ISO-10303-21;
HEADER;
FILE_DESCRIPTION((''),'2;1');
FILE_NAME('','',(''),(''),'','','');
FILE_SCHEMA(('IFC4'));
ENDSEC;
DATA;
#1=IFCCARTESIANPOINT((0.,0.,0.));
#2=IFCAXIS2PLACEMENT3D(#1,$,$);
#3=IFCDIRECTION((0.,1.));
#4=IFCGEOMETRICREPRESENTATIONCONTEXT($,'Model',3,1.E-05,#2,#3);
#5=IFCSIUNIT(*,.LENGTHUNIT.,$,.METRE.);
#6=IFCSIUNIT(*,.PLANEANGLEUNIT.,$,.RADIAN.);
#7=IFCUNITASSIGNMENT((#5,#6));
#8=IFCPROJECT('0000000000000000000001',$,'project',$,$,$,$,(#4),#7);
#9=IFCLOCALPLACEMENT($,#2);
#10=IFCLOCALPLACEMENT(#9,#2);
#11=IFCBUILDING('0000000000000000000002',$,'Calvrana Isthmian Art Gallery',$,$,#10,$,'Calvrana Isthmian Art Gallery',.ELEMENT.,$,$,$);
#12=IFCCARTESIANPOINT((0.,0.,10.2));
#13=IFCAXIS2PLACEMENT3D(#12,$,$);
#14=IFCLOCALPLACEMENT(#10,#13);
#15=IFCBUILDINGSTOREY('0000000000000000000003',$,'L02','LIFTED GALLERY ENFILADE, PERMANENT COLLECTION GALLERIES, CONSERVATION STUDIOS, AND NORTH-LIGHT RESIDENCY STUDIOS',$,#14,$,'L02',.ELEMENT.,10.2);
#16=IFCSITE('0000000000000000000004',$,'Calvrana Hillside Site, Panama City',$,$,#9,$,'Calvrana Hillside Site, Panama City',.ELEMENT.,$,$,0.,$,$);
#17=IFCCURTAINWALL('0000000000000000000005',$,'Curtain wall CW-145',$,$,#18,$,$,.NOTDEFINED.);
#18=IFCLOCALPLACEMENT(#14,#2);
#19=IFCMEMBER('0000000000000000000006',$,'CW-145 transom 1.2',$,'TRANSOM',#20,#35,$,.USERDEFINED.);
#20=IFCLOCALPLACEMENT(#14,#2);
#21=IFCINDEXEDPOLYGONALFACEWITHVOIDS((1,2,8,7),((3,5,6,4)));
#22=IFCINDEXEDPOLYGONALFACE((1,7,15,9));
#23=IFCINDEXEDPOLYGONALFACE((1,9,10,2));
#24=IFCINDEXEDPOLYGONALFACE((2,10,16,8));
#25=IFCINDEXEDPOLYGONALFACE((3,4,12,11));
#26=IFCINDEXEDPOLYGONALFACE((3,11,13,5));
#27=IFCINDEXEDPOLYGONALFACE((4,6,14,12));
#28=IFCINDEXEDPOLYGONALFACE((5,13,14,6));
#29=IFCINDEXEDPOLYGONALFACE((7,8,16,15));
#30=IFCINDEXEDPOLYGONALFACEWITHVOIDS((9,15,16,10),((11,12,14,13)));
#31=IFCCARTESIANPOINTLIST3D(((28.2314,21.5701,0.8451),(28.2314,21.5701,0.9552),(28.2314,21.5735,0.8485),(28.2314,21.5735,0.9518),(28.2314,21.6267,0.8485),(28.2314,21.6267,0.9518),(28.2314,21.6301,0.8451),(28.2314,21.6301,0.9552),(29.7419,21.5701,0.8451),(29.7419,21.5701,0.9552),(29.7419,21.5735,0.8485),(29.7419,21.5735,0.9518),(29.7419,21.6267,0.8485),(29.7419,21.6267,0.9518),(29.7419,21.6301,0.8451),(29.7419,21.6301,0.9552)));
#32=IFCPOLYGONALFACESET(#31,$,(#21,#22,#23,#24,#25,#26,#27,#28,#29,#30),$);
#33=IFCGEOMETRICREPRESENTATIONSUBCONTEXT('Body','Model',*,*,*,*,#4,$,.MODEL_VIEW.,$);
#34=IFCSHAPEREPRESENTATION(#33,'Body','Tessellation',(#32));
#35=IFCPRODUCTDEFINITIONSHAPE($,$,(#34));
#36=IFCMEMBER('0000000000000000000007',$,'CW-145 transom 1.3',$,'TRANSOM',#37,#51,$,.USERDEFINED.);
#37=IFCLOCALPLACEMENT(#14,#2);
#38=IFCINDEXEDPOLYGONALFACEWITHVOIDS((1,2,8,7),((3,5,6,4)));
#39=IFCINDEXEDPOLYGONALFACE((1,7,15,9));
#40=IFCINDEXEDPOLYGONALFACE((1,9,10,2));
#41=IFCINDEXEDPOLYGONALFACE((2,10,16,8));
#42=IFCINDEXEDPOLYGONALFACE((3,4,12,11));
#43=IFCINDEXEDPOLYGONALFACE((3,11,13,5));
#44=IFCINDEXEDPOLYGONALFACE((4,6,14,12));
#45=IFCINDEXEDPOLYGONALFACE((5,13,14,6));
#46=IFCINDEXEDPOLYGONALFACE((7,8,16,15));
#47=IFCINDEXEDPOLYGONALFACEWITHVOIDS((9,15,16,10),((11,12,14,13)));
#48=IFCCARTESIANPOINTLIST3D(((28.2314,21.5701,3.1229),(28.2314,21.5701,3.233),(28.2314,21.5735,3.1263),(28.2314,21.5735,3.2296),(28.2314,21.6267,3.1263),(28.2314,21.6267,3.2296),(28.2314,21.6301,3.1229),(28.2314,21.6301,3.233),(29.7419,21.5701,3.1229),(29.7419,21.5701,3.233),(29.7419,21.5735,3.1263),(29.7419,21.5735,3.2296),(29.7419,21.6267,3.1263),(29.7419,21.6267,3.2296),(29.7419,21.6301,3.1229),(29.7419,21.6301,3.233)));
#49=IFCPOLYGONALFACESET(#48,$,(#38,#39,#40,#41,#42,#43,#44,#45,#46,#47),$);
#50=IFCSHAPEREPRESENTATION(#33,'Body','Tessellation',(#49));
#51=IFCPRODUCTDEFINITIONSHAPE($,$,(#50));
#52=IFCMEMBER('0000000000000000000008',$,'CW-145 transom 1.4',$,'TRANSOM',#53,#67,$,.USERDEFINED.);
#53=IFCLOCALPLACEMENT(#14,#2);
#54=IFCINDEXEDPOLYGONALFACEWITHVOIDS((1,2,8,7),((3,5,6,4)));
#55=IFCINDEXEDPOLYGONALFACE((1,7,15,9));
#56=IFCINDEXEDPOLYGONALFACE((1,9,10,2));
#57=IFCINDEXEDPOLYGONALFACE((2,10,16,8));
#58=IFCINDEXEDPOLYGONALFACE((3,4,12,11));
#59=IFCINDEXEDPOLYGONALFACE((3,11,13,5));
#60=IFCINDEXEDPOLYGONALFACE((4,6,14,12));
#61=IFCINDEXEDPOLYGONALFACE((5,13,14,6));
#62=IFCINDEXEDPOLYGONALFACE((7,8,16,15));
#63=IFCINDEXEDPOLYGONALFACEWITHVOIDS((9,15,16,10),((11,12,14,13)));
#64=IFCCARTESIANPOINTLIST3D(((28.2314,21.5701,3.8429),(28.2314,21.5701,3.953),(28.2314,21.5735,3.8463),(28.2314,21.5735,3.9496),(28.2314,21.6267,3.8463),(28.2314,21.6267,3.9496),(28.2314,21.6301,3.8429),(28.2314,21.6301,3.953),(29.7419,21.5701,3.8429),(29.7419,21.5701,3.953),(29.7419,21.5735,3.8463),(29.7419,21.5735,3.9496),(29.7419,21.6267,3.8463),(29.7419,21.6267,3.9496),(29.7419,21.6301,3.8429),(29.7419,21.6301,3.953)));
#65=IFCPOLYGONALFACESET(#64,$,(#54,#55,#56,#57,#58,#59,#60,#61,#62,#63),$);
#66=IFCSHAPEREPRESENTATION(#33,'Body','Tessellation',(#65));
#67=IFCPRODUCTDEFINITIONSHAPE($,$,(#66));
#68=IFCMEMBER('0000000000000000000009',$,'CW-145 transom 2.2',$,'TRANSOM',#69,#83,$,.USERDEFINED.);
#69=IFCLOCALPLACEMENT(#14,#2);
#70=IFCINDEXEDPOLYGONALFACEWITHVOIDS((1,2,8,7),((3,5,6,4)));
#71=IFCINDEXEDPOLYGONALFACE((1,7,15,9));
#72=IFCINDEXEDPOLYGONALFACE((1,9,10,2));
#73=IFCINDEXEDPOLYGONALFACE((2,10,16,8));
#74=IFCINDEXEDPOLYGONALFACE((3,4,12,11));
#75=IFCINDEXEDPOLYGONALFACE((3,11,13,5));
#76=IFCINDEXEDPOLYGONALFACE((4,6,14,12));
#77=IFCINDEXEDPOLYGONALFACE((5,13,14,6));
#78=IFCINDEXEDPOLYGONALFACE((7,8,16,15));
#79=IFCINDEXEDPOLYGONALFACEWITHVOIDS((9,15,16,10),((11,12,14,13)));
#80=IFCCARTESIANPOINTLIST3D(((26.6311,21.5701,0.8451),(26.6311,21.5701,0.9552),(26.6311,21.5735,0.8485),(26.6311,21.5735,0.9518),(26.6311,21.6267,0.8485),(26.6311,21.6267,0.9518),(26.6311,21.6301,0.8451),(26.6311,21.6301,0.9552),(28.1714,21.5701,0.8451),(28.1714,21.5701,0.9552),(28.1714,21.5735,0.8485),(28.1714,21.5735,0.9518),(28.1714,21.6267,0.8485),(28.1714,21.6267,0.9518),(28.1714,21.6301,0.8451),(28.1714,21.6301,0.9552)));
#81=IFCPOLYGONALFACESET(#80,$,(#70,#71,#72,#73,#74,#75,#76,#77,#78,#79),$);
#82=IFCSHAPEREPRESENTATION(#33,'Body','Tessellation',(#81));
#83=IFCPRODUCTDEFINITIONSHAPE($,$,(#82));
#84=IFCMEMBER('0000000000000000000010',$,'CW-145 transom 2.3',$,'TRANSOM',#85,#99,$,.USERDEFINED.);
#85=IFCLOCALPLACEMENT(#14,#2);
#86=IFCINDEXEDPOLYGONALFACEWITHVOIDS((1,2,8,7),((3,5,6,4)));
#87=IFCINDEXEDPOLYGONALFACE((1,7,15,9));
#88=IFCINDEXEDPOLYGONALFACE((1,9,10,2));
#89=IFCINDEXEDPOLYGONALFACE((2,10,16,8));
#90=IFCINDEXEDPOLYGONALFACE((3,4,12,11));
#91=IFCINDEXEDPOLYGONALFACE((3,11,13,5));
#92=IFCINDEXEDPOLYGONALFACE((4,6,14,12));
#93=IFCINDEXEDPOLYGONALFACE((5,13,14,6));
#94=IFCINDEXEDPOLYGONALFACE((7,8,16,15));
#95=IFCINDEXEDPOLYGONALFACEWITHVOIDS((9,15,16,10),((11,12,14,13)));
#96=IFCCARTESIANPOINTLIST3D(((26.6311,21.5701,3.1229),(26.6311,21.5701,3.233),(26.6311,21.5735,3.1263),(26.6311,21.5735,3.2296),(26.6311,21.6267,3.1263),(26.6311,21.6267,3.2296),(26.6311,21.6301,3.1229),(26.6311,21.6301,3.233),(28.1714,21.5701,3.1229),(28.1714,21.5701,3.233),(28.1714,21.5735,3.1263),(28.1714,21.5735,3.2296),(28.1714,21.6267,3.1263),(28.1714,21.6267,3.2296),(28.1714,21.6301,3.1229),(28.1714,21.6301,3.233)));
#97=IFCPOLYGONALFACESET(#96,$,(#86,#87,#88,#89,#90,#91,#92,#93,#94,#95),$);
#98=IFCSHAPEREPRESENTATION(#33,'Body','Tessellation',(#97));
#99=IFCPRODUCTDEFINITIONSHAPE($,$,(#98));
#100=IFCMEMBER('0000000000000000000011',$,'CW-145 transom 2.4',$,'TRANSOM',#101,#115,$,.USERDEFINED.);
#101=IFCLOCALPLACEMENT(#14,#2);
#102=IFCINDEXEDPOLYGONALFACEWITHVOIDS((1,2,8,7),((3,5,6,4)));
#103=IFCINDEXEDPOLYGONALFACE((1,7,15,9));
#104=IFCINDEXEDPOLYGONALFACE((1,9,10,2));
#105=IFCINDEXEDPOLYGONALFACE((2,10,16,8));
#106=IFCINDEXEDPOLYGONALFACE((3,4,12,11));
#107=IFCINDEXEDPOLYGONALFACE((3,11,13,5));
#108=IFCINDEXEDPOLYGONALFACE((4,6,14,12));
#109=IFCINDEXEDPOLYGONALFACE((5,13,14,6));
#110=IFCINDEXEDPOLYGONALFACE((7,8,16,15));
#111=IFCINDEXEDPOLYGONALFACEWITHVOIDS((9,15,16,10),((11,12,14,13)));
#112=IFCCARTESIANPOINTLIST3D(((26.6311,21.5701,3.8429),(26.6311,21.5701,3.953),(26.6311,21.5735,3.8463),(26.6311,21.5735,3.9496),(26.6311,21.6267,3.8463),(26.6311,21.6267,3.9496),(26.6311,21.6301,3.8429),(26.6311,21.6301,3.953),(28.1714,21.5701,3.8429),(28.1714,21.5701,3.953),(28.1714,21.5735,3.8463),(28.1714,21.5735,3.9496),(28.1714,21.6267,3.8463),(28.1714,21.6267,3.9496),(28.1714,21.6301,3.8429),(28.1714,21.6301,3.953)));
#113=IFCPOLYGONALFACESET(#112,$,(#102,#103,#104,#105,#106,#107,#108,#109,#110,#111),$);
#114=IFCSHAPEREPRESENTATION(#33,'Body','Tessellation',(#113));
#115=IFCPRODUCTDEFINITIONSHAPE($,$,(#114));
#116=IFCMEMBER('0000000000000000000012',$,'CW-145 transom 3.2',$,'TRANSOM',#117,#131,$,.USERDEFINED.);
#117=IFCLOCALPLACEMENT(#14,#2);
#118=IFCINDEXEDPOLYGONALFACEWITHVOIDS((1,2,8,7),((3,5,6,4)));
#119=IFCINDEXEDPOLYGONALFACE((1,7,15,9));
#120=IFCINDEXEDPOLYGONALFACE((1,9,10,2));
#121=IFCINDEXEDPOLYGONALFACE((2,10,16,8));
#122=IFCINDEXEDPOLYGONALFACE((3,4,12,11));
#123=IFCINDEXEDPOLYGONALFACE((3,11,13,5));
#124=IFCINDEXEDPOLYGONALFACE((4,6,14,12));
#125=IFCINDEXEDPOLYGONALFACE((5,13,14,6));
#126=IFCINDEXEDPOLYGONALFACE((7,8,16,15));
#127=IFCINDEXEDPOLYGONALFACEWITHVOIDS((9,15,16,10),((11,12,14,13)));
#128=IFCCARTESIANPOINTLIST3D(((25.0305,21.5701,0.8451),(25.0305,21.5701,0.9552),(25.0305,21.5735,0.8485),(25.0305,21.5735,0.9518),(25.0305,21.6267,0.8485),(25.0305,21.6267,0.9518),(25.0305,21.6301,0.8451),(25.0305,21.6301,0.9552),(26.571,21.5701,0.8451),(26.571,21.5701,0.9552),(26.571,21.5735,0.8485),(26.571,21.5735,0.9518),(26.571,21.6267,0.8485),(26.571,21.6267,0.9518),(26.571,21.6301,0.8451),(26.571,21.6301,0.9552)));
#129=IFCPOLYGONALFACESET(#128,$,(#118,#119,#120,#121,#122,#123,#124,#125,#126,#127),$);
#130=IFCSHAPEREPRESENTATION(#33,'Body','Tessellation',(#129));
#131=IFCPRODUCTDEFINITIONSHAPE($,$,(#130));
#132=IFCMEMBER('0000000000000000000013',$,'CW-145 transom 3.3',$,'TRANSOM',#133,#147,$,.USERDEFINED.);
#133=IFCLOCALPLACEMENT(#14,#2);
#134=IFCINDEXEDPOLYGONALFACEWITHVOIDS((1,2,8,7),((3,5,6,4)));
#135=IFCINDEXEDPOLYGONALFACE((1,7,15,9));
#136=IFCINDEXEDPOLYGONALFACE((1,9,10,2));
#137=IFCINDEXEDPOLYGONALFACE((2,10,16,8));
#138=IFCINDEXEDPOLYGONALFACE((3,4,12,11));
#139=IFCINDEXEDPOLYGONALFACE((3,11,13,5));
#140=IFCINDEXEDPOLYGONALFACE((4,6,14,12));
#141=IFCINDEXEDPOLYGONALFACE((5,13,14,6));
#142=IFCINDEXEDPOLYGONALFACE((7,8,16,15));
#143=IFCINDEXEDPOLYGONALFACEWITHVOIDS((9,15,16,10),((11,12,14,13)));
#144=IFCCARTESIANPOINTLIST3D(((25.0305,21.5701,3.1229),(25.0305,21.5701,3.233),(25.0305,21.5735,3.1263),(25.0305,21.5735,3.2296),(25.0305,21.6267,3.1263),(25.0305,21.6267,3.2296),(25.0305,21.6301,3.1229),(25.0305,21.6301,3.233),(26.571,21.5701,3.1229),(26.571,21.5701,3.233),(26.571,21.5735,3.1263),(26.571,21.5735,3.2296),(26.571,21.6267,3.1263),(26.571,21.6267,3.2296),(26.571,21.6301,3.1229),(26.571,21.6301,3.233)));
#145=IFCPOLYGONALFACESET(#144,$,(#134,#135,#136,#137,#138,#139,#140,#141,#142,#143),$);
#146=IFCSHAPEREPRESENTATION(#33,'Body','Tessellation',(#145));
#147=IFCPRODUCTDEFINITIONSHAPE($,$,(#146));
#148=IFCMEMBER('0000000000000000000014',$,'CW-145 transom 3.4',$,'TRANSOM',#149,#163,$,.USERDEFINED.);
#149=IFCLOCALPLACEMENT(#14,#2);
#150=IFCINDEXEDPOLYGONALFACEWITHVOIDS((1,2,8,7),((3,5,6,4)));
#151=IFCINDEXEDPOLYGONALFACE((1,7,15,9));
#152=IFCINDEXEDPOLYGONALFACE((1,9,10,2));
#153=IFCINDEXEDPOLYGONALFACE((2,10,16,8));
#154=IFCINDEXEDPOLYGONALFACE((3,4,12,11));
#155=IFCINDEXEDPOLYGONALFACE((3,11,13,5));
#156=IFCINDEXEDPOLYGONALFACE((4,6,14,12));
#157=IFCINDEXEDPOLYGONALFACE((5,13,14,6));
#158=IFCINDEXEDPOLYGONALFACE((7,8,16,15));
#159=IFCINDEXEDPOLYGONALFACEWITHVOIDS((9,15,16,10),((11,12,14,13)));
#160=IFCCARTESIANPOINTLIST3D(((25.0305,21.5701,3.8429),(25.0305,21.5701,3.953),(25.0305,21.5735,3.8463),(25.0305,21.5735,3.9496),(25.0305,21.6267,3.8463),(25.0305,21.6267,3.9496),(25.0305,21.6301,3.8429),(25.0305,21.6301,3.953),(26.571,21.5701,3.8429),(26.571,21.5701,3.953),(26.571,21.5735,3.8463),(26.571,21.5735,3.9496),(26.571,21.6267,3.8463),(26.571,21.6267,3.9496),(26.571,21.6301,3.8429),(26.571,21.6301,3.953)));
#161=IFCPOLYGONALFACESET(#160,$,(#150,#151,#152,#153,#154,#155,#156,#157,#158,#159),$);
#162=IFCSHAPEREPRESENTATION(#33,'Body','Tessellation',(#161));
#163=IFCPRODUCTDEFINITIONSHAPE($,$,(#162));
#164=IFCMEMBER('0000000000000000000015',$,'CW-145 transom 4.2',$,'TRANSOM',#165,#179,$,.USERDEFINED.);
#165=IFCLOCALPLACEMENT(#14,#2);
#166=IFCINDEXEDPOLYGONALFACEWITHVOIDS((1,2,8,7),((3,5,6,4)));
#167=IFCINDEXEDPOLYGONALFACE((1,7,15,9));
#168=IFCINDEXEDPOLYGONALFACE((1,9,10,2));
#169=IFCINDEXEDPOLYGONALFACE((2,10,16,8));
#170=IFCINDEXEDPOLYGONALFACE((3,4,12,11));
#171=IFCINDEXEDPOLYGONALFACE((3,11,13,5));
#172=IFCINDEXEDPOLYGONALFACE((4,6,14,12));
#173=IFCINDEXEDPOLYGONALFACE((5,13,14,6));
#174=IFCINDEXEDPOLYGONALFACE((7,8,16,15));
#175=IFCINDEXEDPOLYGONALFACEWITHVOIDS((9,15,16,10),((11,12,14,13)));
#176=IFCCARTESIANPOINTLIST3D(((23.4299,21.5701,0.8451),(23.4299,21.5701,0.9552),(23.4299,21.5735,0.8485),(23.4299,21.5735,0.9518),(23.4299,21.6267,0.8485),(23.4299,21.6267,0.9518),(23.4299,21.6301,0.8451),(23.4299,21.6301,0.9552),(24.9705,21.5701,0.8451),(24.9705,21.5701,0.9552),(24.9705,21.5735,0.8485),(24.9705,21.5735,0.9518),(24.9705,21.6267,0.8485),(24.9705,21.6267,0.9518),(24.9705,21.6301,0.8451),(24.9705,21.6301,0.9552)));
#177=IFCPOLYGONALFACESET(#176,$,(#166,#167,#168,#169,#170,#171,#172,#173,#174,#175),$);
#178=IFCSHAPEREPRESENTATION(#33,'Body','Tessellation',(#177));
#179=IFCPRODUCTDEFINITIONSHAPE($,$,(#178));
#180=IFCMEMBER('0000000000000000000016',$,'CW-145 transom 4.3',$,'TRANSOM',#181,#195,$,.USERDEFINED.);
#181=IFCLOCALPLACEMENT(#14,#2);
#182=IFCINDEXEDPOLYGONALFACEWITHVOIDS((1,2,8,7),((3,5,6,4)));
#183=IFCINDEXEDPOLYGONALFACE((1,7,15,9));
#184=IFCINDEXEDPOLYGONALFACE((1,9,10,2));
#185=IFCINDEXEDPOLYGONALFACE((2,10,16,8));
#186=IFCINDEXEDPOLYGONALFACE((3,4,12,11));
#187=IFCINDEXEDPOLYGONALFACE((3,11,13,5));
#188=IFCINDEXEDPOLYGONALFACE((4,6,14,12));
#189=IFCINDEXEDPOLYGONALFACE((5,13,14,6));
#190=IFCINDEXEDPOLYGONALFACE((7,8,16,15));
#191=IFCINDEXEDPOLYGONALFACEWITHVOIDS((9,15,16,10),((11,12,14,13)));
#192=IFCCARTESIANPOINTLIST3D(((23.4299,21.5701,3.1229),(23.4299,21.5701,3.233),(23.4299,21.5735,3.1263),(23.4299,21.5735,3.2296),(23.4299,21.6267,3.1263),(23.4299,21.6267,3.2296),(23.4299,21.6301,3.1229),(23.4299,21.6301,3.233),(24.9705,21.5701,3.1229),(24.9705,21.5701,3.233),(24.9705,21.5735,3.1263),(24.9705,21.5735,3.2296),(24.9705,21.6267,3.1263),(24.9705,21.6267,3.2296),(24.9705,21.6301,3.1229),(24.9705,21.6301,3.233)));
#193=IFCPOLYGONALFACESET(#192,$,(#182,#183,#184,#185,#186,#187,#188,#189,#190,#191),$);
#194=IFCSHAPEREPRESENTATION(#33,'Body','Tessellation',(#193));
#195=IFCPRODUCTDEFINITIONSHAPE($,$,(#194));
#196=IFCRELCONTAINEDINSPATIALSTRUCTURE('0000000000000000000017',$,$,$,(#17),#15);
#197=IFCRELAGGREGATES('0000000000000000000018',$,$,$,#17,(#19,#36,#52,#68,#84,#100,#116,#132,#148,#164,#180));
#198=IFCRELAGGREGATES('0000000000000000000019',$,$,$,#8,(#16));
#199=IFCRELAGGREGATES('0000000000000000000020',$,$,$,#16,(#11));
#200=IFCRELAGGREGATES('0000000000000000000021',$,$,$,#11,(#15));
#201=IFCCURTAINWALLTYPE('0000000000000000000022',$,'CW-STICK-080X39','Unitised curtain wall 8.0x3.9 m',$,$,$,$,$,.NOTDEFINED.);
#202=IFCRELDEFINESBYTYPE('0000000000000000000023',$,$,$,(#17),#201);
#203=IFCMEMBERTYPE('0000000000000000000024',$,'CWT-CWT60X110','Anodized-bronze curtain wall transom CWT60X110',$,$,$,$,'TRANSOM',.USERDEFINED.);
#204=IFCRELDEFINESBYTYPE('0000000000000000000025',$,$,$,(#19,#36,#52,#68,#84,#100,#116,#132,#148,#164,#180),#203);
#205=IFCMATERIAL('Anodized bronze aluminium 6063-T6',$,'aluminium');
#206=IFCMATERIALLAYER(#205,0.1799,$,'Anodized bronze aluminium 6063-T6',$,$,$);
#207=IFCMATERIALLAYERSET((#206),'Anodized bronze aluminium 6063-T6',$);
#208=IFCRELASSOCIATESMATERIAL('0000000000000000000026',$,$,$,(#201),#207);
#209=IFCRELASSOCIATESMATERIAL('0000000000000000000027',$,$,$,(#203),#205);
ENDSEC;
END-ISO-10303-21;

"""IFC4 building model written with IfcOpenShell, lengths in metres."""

from ifc_helpers import new_model, si_unit, direction, frame, origin, origin_2d, place, context, subcontext, project, spatial, hollow_rectangle, extrude, material, layer, layer_set, material_profile, profile_set, type_object, element, aggregate, save


model = new_model("IFC4")

# Units and contexts
model_context = context("Model", 3, precision=1e-05, world=origin(), true_north=direction((0.0, 1.0)))
body_context = subcontext(model_context, "Body", "Model", "MODEL_VIEW")
ifc_project = project(units=[si_unit("LENGTHUNIT", "METRE"), si_unit("PLANEANGLEUNIT", "RADIAN")], contexts=[model_context])

# Site, building, storey
site_placement = place(None, origin())
site = spatial("IfcSite", under=ifc_project, at=site_placement, Name="Calvrana Hillside Site, Panama City", LongName="Calvrana Hillside Site, Panama City", CompositionType="ELEMENT", RefElevation=0.0)
building_placement = place(site_placement, origin())
building = spatial("IfcBuilding", under=site, at=building_placement, Name="Calvrana Isthmian Art Gallery", LongName="Calvrana Isthmian Art Gallery", CompositionType="ELEMENT")
storey_placement = place(building_placement, frame((0.0, 0.0, 10.2)))
storey = spatial("IfcBuildingStorey", under=building, at=storey_placement, Name="L02", Description="LIFTED GALLERY ENFILADE, PERMANENT COLLECTION GALLERIES, CONSERVATION STUDIOS, AND NORTH-LIGHT RESIDENCY STUDIOS", LongName="L02", CompositionType="ELEMENT", Elevation=10.2)

# Curtain wall, members
ifc_material_1 = material(Name="Anodized bronze aluminium 6063-T6", Category="aluminium")
ifc_layer_1 = layer(ifc_material_1, 0.1799, Name="Anodized bronze aluminium 6063-T6")
ifc_layer_set_1 = layer_set([ifc_layer_1], Name="Anodized bronze aluminium 6063-T6")
curtain_wall_type = type_object("IfcCurtainWallType", Name="CW-STICK-080X39", Description="Unitised curtain wall 8.0x3.9 m", PredefinedType="NOTDEFINED", material=ifc_layer_set_1)
curtain_wall_placement = place(storey_placement, origin())
curtain_wall = element("IfcCurtainWall", 1, at=curtain_wall_placement, inside=storey, type_object=curtain_wall_type, Name="Curtain wall CW-145", PredefinedType="NOTDEFINED")
ifc_material_profile = material_profile(ifc_material_1, hollow_rectangle(XDim=0.0601, YDim=0.1101, WallThickness=0.0034, at=origin_2d()), Name="CWT60X110")
ifc_profile_set = profile_set([ifc_material_profile], Name="Anodized bronze aluminium 6063-T6")
member_type = type_object("IfcMemberType", Name="CWT-CWT60X110", Description="Anodized-bronze curtain wall transom CWT60X110", ElementType="TRANSOM", PredefinedType="USERDEFINED", material=ifc_profile_set)
member_1_placement = place(storey_placement, frame((29.7419, 21.6001, 0.9001), z_axis=(-1.0, 0.0, 0.0), x_axis=(0.0, -1.0, 0.0)))
member_1 = element("IfcMember", 2, at=member_1_placement, type_object=member_type, Name="CW-145 transom 1.2", ObjectType="TRANSOM", PredefinedType="USERDEFINED", context=body_context, shape_type="SweptSolid", body=[
    extrude(hollow_rectangle(XDim=0.0601, YDim=0.1101, WallThickness=0.0034, at=origin_2d()), origin(), (0.0, 0.0, 1.0), 1.5105),
])
member_2_placement = place(storey_placement, frame((29.7419, 21.6001, 3.178), z_axis=(-1.0, 0.0, 0.0), x_axis=(0.0, -1.0, 0.0)))
member_2 = element("IfcMember", 3, at=member_2_placement, type_object=member_type, Name="CW-145 transom 1.3", ObjectType="TRANSOM", PredefinedType="USERDEFINED", context=body_context, shape_type="SweptSolid", body=[
    extrude(hollow_rectangle(XDim=0.0601, YDim=0.1101, WallThickness=0.0034, at=origin_2d()), origin(), (0.0, 0.0, 1.0), 1.5105),
])
member_3_placement = place(storey_placement, frame((29.7419, 21.6001, 3.8979), z_axis=(-1.0, 0.0, 0.0), x_axis=(0.0, -1.0, 0.0)))
member_3 = element("IfcMember", 4, at=member_3_placement, type_object=member_type, Name="CW-145 transom 1.4", ObjectType="TRANSOM", PredefinedType="USERDEFINED", context=body_context, shape_type="SweptSolid", body=[
    extrude(hollow_rectangle(XDim=0.0601, YDim=0.1101, WallThickness=0.0034, at=origin_2d()), origin(), (0.0, 0.0, 1.0), 1.5105),
])
member_4_placement = place(storey_placement, frame((28.1714, 21.6001, 0.9001), z_axis=(-1.0, 0.0, 0.0), x_axis=(0.0, -1.0, 0.0)))
member_4 = element("IfcMember", 5, at=member_4_placement, type_object=member_type, Name="CW-145 transom 2.2", ObjectType="TRANSOM", PredefinedType="USERDEFINED", context=body_context, shape_type="SweptSolid", body=[
    extrude(hollow_rectangle(XDim=0.0601, YDim=0.1101, WallThickness=0.0034, at=origin_2d()), origin(), (0.0, 0.0, 1.0), 1.5403),
])
member_5_placement = place(storey_placement, frame((28.1714, 21.6001, 3.178), z_axis=(-1.0, 0.0, 0.0), x_axis=(0.0, -1.0, 0.0)))
member_5 = element("IfcMember", 6, at=member_5_placement, type_object=member_type, Name="CW-145 transom 2.3", ObjectType="TRANSOM", PredefinedType="USERDEFINED", context=body_context, shape_type="SweptSolid", body=[
    extrude(hollow_rectangle(XDim=0.0601, YDim=0.1101, WallThickness=0.0034, at=origin_2d()), origin(), (0.0, 0.0, 1.0), 1.5403),
])
member_6_placement = place(storey_placement, frame((28.1714, 21.6001, 3.8979), z_axis=(-1.0, 0.0, 0.0), x_axis=(0.0, -1.0, 0.0)))
member_6 = element("IfcMember", 7, at=member_6_placement, type_object=member_type, Name="CW-145 transom 2.4", ObjectType="TRANSOM", PredefinedType="USERDEFINED", context=body_context, shape_type="SweptSolid", body=[
    extrude(hollow_rectangle(XDim=0.0601, YDim=0.1101, WallThickness=0.0034, at=origin_2d()), origin(), (0.0, 0.0, 1.0), 1.5403),
])
member_7_placement = place(storey_placement, frame((26.571, 21.6001, 0.9001), z_axis=(-1.0, 0.0, 0.0), x_axis=(0.0, -1.0, 0.0)))
member_7 = element("IfcMember", 8, at=member_7_placement, type_object=member_type, Name="CW-145 transom 3.2", ObjectType="TRANSOM", PredefinedType="USERDEFINED", context=body_context, shape_type="SweptSolid", body=[
    extrude(hollow_rectangle(XDim=0.0601, YDim=0.1101, WallThickness=0.0034, at=origin_2d()), origin(), (0.0, 0.0, 1.0), 1.5405),
])
member_8_placement = place(storey_placement, frame((26.571, 21.6001, 3.178), z_axis=(-1.0, 0.0, 0.0), x_axis=(0.0, -1.0, 0.0)))
member_8 = element("IfcMember", 9, at=member_8_placement, type_object=member_type, Name="CW-145 transom 3.3", ObjectType="TRANSOM", PredefinedType="USERDEFINED", context=body_context, shape_type="SweptSolid", body=[
    extrude(hollow_rectangle(XDim=0.0601, YDim=0.1101, WallThickness=0.0034, at=origin_2d()), origin(), (0.0, 0.0, 1.0), 1.5405),
])
member_9_placement = place(storey_placement, frame((26.571, 21.6001, 3.8979), z_axis=(-1.0, 0.0, 0.0), x_axis=(0.0, -1.0, 0.0)))
member_9 = element("IfcMember", 10, at=member_9_placement, type_object=member_type, Name="CW-145 transom 3.4", ObjectType="TRANSOM", PredefinedType="USERDEFINED", context=body_context, shape_type="SweptSolid", body=[
    extrude(hollow_rectangle(XDim=0.0601, YDim=0.1101, WallThickness=0.0034, at=origin_2d()), origin(), (0.0, 0.0, 1.0), 1.5405),
])
member_10_placement = place(storey_placement, frame((24.9705, 21.6001, 0.9001), z_axis=(-1.0, 0.0, 0.0), x_axis=(0.0, -1.0, 0.0)))
member_10 = element("IfcMember", 11, at=member_10_placement, type_object=member_type, Name="CW-145 transom 4.2", ObjectType="TRANSOM", PredefinedType="USERDEFINED", context=body_context, shape_type="SweptSolid", body=[
    extrude(hollow_rectangle(XDim=0.0601, YDim=0.1101, WallThickness=0.0034, at=origin_2d()), origin(), (0.0, 0.0, 1.0), 1.5405),
])
member_11_placement = place(storey_placement, frame((24.9705, 21.6001, 3.178), z_axis=(-1.0, 0.0, 0.0), x_axis=(0.0, -1.0, 0.0)))
member_11 = element("IfcMember", 12, at=member_11_placement, type_object=member_type, Name="CW-145 transom 4.3", ObjectType="TRANSOM", PredefinedType="USERDEFINED", context=body_context, shape_type="SweptSolid", body=[
    extrude(hollow_rectangle(XDim=0.0601, YDim=0.1101, WallThickness=0.0034, at=origin_2d()), origin(), (0.0, 0.0, 1.0), 1.5405),
])
aggregate(curtain_wall, [member_1, member_2, member_3, member_4, member_5, member_6, member_7, member_8, member_9, member_10, member_11])

save(model, "model.ifc")
